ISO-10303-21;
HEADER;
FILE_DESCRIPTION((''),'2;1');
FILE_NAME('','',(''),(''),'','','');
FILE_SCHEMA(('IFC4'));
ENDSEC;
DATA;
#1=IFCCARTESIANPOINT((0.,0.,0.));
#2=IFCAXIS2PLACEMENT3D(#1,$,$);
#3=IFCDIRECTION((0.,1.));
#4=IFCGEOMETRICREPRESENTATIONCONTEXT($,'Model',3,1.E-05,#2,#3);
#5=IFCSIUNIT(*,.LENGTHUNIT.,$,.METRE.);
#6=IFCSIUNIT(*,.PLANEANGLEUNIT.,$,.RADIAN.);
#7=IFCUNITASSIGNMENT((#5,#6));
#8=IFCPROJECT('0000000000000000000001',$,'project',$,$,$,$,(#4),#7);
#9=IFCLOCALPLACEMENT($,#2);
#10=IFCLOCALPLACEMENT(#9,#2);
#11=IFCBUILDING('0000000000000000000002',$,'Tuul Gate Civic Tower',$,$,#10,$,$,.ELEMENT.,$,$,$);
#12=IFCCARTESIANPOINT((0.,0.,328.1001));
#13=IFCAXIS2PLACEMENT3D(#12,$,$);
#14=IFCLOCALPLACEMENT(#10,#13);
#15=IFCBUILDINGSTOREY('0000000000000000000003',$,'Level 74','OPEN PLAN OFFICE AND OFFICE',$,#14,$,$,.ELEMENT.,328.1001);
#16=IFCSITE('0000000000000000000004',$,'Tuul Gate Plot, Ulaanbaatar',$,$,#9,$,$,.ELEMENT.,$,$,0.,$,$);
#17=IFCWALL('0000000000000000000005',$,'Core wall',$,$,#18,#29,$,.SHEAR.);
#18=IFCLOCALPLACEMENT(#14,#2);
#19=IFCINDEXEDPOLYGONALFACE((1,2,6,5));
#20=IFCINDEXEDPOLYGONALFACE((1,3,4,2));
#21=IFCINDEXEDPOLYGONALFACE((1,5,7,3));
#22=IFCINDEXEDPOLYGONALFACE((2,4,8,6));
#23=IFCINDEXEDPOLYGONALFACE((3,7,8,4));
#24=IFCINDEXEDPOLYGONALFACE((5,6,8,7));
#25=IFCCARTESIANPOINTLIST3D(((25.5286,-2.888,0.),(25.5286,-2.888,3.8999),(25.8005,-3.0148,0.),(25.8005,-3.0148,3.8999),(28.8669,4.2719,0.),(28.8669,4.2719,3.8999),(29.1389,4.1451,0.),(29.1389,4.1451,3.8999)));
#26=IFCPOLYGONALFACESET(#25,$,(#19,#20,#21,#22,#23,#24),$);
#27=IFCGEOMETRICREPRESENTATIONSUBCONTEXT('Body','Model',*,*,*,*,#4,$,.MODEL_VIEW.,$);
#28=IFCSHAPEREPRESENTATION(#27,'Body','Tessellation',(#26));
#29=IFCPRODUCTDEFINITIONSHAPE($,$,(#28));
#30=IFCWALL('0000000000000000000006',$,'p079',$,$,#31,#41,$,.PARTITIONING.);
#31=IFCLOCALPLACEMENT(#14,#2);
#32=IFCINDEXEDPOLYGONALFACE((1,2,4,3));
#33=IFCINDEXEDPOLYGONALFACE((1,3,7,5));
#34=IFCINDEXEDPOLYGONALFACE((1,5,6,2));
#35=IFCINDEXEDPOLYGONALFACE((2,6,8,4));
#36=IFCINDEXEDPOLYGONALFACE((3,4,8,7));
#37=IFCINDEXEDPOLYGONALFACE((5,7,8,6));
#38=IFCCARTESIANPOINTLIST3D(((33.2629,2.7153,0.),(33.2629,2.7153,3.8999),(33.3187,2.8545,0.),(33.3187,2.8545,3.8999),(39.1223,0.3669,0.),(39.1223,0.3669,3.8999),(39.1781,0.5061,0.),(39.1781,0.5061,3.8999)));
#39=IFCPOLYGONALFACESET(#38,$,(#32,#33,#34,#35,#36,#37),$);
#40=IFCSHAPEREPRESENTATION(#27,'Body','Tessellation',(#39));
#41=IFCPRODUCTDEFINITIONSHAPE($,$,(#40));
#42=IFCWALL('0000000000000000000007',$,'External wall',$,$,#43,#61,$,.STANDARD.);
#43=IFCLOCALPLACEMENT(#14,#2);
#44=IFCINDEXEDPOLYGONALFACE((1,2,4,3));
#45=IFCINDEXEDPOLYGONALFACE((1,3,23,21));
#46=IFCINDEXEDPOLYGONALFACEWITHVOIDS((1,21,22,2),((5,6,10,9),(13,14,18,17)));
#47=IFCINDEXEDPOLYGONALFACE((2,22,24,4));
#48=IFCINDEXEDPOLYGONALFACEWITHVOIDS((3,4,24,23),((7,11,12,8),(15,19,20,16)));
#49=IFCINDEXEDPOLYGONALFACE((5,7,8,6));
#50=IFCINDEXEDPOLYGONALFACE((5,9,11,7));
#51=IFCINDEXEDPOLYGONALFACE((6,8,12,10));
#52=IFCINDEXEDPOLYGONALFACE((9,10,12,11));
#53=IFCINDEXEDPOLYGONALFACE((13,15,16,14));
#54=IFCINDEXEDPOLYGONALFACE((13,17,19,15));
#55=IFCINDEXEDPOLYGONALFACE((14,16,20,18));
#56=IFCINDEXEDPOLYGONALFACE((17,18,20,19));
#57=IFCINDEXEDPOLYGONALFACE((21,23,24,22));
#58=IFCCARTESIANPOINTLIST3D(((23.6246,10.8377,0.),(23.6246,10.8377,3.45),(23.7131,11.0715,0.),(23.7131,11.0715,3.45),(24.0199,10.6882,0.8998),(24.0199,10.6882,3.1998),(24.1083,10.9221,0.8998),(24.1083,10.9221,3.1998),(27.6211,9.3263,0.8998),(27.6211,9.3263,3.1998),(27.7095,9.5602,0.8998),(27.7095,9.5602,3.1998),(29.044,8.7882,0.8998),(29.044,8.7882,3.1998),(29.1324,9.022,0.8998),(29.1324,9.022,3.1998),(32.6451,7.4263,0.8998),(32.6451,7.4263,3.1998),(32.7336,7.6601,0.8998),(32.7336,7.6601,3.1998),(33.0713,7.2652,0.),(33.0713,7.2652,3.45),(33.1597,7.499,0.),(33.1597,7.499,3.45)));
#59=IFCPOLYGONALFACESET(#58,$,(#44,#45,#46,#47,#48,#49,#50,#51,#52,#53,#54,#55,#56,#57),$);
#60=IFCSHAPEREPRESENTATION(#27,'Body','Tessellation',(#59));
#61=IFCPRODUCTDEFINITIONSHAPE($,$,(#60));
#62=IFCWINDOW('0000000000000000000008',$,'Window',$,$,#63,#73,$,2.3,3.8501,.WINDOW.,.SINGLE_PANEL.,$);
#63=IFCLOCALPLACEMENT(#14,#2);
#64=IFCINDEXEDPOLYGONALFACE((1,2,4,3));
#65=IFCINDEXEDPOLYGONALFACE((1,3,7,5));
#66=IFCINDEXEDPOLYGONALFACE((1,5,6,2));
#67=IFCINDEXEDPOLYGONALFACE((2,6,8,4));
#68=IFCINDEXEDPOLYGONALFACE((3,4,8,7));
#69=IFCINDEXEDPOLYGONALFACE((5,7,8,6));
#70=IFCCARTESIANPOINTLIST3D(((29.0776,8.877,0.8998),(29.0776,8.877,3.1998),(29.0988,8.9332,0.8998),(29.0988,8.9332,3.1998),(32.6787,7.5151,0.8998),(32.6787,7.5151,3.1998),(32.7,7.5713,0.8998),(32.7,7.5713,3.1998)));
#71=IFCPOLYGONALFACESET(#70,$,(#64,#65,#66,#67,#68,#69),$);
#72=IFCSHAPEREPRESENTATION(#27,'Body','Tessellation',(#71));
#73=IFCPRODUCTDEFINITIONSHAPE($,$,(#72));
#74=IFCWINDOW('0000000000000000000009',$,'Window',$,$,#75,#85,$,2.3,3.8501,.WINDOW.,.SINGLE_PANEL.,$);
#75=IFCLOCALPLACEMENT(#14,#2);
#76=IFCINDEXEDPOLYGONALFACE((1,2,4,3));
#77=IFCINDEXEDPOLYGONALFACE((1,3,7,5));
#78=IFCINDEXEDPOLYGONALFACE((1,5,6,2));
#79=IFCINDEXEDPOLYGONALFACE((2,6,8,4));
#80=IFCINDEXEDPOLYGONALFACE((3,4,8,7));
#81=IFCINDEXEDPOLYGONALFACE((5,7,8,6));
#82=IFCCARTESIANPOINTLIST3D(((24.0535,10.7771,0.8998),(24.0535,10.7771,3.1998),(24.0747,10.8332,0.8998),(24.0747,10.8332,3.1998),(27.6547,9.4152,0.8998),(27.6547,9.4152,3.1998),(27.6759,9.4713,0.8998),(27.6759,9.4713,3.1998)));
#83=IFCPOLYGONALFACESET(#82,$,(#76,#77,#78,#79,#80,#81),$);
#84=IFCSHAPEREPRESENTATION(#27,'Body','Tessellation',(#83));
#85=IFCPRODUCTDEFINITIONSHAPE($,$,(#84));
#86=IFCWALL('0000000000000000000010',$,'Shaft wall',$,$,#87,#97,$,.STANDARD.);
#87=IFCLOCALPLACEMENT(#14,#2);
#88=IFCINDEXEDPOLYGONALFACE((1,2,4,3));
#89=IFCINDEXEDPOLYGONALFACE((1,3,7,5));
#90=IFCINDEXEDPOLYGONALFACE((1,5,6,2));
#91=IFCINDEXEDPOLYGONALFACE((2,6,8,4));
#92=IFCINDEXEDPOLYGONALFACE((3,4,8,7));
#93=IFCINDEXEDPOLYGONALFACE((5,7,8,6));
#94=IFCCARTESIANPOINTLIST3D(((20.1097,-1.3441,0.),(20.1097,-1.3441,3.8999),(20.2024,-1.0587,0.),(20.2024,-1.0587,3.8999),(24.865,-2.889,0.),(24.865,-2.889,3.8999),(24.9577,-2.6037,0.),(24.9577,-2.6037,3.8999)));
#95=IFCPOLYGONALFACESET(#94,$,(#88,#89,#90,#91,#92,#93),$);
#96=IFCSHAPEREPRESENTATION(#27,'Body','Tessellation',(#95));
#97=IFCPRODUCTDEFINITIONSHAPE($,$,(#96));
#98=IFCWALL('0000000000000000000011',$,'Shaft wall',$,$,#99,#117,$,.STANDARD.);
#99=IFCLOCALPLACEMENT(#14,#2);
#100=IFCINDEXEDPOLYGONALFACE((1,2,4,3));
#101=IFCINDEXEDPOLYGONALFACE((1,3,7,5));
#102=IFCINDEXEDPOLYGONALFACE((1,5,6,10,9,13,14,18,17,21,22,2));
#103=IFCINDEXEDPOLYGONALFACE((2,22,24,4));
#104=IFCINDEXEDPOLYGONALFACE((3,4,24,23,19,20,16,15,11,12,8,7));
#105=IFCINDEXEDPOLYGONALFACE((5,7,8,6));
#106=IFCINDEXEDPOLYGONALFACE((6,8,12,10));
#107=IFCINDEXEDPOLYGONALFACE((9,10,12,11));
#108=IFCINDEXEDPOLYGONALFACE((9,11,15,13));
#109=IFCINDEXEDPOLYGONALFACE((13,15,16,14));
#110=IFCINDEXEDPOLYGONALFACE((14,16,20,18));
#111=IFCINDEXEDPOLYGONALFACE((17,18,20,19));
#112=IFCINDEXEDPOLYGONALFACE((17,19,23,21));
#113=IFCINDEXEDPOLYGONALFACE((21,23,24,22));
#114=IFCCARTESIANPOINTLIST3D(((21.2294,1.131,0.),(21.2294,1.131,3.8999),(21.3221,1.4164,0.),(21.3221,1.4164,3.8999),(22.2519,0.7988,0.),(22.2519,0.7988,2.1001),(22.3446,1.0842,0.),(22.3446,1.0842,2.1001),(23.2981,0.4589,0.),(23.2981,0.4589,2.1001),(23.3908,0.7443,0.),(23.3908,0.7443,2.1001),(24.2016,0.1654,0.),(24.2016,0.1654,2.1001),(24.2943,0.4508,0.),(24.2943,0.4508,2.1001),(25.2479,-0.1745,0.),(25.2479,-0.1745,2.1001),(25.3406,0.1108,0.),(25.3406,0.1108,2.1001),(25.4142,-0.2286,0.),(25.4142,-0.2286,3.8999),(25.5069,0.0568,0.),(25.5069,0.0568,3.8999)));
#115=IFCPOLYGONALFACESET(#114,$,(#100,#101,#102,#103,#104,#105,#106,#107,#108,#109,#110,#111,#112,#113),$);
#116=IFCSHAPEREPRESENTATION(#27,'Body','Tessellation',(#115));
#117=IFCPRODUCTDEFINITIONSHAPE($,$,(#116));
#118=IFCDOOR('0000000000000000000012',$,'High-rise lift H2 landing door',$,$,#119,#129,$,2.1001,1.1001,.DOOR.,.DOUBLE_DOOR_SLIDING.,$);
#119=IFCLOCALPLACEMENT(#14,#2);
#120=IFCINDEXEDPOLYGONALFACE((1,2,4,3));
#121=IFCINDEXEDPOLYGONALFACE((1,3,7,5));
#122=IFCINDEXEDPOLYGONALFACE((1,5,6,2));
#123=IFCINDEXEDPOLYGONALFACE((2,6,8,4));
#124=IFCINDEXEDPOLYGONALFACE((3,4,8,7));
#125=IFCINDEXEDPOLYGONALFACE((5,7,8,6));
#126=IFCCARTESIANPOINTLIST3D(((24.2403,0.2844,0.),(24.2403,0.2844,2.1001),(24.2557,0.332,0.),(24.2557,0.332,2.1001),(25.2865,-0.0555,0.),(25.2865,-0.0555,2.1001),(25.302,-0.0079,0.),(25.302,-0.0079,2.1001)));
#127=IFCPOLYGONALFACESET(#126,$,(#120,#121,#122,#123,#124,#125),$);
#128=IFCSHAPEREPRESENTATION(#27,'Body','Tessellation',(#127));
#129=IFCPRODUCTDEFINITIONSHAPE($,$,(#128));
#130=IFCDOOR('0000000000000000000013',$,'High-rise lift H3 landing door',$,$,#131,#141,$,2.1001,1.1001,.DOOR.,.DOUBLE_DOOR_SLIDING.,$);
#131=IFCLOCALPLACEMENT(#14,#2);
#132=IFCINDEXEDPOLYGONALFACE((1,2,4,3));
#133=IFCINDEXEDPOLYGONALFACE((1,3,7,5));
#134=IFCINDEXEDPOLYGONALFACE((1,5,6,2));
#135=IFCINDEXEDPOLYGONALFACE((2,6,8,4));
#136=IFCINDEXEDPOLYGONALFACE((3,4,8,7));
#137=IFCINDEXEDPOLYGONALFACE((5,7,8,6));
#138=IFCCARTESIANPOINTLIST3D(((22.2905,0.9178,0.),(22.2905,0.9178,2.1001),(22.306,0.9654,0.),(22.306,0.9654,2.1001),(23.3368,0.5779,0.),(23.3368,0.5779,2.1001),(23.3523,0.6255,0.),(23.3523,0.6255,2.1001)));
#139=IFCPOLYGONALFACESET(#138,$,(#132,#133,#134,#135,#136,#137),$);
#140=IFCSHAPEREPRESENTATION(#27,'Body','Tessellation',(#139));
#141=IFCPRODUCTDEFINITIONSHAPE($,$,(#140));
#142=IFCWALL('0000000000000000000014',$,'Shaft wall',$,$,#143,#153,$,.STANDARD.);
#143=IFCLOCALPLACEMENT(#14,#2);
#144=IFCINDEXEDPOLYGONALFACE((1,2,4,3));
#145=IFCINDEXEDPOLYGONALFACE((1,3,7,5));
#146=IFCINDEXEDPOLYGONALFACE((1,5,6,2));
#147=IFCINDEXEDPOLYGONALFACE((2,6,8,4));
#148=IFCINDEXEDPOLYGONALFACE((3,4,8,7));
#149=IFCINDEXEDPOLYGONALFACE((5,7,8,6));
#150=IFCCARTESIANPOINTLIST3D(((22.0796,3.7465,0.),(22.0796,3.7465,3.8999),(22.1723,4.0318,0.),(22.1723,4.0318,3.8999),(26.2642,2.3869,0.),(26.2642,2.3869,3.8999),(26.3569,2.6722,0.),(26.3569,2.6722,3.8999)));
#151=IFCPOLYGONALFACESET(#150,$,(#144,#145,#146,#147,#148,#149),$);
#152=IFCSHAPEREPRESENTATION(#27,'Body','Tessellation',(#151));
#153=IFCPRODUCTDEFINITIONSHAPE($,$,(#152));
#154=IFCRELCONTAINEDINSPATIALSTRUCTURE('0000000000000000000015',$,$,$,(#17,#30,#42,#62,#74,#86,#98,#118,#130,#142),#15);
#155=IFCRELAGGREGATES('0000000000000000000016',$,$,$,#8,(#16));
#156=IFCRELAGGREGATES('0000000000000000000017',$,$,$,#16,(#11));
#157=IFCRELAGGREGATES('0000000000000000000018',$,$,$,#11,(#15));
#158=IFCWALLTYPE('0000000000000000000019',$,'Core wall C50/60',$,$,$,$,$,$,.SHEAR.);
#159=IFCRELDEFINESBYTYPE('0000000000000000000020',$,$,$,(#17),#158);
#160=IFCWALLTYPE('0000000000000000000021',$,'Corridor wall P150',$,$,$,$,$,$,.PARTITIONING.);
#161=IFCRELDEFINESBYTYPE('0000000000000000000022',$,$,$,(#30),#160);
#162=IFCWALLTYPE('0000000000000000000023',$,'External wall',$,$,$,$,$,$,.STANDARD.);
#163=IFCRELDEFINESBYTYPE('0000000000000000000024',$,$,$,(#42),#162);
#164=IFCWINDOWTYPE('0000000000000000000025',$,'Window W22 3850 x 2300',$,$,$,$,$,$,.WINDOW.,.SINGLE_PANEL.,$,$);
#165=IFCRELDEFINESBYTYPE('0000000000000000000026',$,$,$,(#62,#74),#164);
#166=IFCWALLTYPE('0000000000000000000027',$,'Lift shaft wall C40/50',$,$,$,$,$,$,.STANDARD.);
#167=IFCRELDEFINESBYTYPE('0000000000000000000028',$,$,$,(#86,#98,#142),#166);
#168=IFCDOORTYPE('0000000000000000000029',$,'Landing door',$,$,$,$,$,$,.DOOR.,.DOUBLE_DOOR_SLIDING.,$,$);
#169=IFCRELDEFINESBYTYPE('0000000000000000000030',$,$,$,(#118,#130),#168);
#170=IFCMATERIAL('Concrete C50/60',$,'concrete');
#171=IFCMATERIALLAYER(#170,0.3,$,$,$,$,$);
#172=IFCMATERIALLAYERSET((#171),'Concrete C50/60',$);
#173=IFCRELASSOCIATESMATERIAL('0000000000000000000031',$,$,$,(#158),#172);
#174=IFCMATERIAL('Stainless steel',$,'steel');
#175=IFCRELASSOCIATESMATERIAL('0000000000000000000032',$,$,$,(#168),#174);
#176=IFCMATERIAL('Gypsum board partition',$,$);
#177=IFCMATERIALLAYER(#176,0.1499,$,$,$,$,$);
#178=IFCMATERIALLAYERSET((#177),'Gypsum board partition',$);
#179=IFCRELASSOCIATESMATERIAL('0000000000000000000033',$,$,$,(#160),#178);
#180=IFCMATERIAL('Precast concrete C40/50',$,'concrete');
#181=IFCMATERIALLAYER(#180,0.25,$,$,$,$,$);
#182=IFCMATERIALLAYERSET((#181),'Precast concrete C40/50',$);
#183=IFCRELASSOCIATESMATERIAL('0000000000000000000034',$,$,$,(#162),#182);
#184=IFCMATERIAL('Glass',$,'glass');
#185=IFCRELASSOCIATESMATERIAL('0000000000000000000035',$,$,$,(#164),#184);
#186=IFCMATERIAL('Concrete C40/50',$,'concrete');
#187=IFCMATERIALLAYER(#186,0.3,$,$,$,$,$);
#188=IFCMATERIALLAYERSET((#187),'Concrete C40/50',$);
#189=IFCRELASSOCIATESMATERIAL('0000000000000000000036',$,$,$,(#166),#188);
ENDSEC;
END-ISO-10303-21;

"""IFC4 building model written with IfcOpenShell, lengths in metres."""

from ifc_helpers import new_model, si_unit, direction, frame, frame_2d, origin, place, context, subcontext, project, spatial, rectangle, extrude, material, layer, layer_set, type_object, element, fill, save


model = new_model("IFC4")

# Units and contexts
model_context = context("Model", 3, precision=1e-05, world=origin(), true_north=direction((0.0, 1.0)))
body_context = subcontext(model_context, "Body", "Model", "MODEL_VIEW")
ifc_project = project(units=[si_unit("LENGTHUNIT", "METRE"), si_unit("PLANEANGLEUNIT", "RADIAN")], contexts=[model_context])

# Site, building, storey
site_placement = place(None, origin())
site = spatial("IfcSite", under=ifc_project, at=site_placement, Name="Tuul Gate Plot, Ulaanbaatar", CompositionType="ELEMENT", RefElevation=0.0)
building_placement = place(site_placement, origin())
building = spatial("IfcBuilding", under=site, at=building_placement, Name="Tuul Gate Civic Tower", CompositionType="ELEMENT")
storey_placement = place(building_placement, frame((0.0, 0.0, 328.1001)))
storey = spatial("IfcBuildingStorey", under=building, at=storey_placement, Name="Level 74", Description="OPEN PLAN OFFICE AND OFFICE", CompositionType="ELEMENT", Elevation=328.1001)

# Shared definitions
ifc_material_1 = material(Name="Concrete C50/60", Category="concrete")
ifc_layer_1 = layer(ifc_material_1, 0.3)
ifc_layer_set_1 = layer_set([ifc_layer_1], Name="Concrete C50/60")
wall_type_1 = type_object("IfcWallType", Name="Core wall C50/60", PredefinedType="SHEAR", material=ifc_layer_set_1)
ifc_material_2 = material(Name="Stainless steel", Category="steel")
door_type_1 = type_object("IfcDoorType", Name="Landing door", OperationType="DOUBLE_DOOR_SLIDING", PredefinedType="DOOR", material=ifc_material_2)

# Walls
wall_1_placement = place(storey_placement, frame((25.6646, -2.9514, 0.0), z_axis=(0.0, 0.0, 1.0), x_axis=(0.422583, 0.906324, 0.0)))
element("IfcWall", 1, at=wall_1_placement, inside=storey, type_object=wall_type_1, Name="Core wall", PredefinedType="SHEAR", context=body_context, shape_type="SweptSolid", body=[
    extrude(rectangle(XDim=7.8999, YDim=0.3, at=frame_2d((3.95, 0.0))), origin(), (0.0, 0.0, 1.0), 3.8999),
])
ifc_material_3 = material(Name="Gypsum board partition")
ifc_layer_2 = layer(ifc_material_3, 0.1499)
ifc_layer_set_2 = layer_set([ifc_layer_2], Name="Gypsum board partition")
wall_type_2 = type_object("IfcWallType", Name="Corridor wall P150", PredefinedType="PARTITIONING", material=ifc_layer_set_2)
wall_2_placement = place(storey_placement, frame((33.2908, 2.7849, 0.0), z_axis=(0.0, 0.0, 1.0), x_axis=(0.928223, -0.372024, 0.0)))
element("IfcWall", 2, at=wall_2_placement, inside=storey, type_object=wall_type_2, Name="p079", PredefinedType="PARTITIONING", context=body_context, shape_type="SweptSolid", body=[
    extrude(rectangle(XDim=6.3125, YDim=0.1499, at=frame_2d((3.1562, 0.0))), origin(), (0.0, 0.0, 1.0), 3.8999),
])

# Wall, openings, windows
ifc_material_4 = material(Name="Precast concrete C40/50", Category="concrete")
ifc_layer_3 = layer(ifc_material_4, 0.25)
ifc_layer_set_3 = layer_set([ifc_layer_3], Name="Precast concrete C40/50")
wall_type_3 = type_object("IfcWallType", Name="External wall", PredefinedType="STANDARD", material=ifc_layer_set_3)
wall_3_placement = place(storey_placement, frame((33.1155, 7.3821, 0.0), z_axis=(0.0, 0.0, 1.0), x_axis=(-0.935347, 0.353731, 0.0)))
wall_3 = element("IfcWall", 3, at=wall_3_placement, inside=storey, type_object=wall_type_3, Name="External wall", PredefinedType="STANDARD", context=body_context, shape_type="SweptSolid", body=[
    extrude(rectangle(XDim=10.0996, YDim=0.25, at=frame_2d((5.0498, 0.0))), origin(), (0.0, 0.0, 1.0), 3.45),
])
opening_1_placement = place(wall_3_placement, frame((0.4556, 0.0, 0.8999)))
opening_1 = element("IfcOpeningElement", 4, at=opening_1_placement, cuts=wall_3, PredefinedType="OPENING", context=body_context, shape_type="SweptSolid", body=[
    extrude(rectangle(XDim=3.8501, YDim=2.3, at=frame_2d((1.925, 1.1499))), frame((0.0, 0.135, 0.0), z_axis=(0.0, -1.0, 0.0), x_axis=(1.0, 0.0, 0.0)), (0.0, 0.0, 1.0), 0.27),
])
opening_2_placement = place(wall_3_placement, frame((5.8269, 0.0, 0.8999)))
opening_2 = element("IfcOpeningElement", 5, at=opening_2_placement, cuts=wall_3, PredefinedType="OPENING", context=body_context, shape_type="SweptSolid", body=[
    extrude(rectangle(XDim=3.8501, YDim=2.3, at=frame_2d((1.925, 1.1499))), frame((0.0, 0.135, 0.0), z_axis=(0.0, -1.0, 0.0), x_axis=(1.0, 0.0, 0.0)), (0.0, 0.0, 1.0), 0.27),
])
ifc_material_5 = material(Name="Glass", Category="glass")
window_type = type_object("IfcWindowType", Name="Window W22 3850 x 2300", PartitioningType="SINGLE_PANEL", PredefinedType="WINDOW", material=ifc_material_5)
window_1_placement = place(opening_1_placement, origin())
window_1 = element("IfcWindow", 6, at=window_1_placement, inside=storey, type_object=window_type, Name="Window", OverallHeight=2.3, OverallWidth=3.8501, PartitioningType="SINGLE_PANEL", PredefinedType="WINDOW", context=body_context, shape_type="SweptSolid", body=[
    extrude(rectangle(XDim=3.8501, YDim=2.3, at=frame_2d((1.925, 1.1499))), frame((0.0, 0.03, 0.0), z_axis=(0.0, -1.0, 0.0), x_axis=(1.0, 0.0, 0.0)), (0.0, 0.0, 1.0), 0.0601),
])
fill(opening_1, window_1)
window_2_placement = place(opening_2_placement, origin())
window_2 = element("IfcWindow", 7, at=window_2_placement, inside=storey, type_object=window_type, Name="Window", OverallHeight=2.3, OverallWidth=3.8501, PartitioningType="SINGLE_PANEL", PredefinedType="WINDOW", context=body_context, shape_type="SweptSolid", body=[
    extrude(rectangle(XDim=3.8501, YDim=2.3, at=frame_2d((1.925, 1.1499))), frame((0.0, 0.03, 0.0), z_axis=(0.0, -1.0, 0.0), x_axis=(1.0, 0.0, 0.0)), (0.0, 0.0, 1.0), 0.0601),
])
fill(opening_2, window_2)

# Wall
ifc_material_6 = material(Name="Concrete C40/50", Category="concrete")
ifc_layer_4 = layer(ifc_material_6, 0.3)
ifc_layer_set_4 = layer_set([ifc_layer_4], Name="Concrete C40/50")
wall_type_4 = type_object("IfcWallType", Name="Lift shaft wall C40/50", PredefinedType="STANDARD", material=ifc_layer_set_4)
wall_4_placement = place(storey_placement, frame((24.9114, -2.7463, 0.0), z_axis=(0.0, 0.0, 1.0), x_axis=(-0.951068, 0.308982, 0.0)))
element("IfcWall", 8, at=wall_4_placement, inside=storey, type_object=wall_type_4, Name="Shaft wall", PredefinedType="STANDARD", context=body_context, shape_type="SweptSolid", body=[
    extrude(rectangle(XDim=5.0, YDim=0.3, at=frame_2d((2.5, 0.0))), origin(), (0.0, 0.0, 1.0), 3.8999),
])

# Wall, openings, doors
wall_5_placement = place(storey_placement, frame((25.4607, -0.0859, 0.0), z_axis=(0.0, 0.0, 1.0), x_axis=(-0.951064, 0.308994, 0.0)))
wall_5 = element("IfcWall", 9, at=wall_5_placement, inside=storey, type_object=wall_type_4, Name="Shaft wall", PredefinedType="STANDARD", context=body_context, shape_type="SweptSolid", body=[
    extrude(rectangle(XDim=4.4001, YDim=0.3, at=frame_2d((2.2002, 0.0))), origin(), (0.0, 0.0, 1.0), 3.8999),
])
opening_3_placement = place(wall_5_placement, frame((0.175, 0.0, 0.0)))
opening_3 = element("IfcOpeningElement", 10, at=opening_3_placement, cuts=wall_5, PredefinedType="OPENING", context=body_context, shape_type="SweptSolid", body=[
    extrude(rectangle(XDim=1.1001, YDim=2.1001, at=frame_2d((0.55, 1.05))), frame((0.0, 0.1602, 0.0), z_axis=(0.0, -1.0, 0.0), x_axis=(1.0, 0.0, 0.0)), (0.0, 0.0, 1.0), 0.3201),
])
opening_4_placement = place(wall_5_placement, frame((2.2251, 0.0, 0.0)))
opening_4 = element("IfcOpeningElement", 11, at=opening_4_placement, cuts=wall_5, PredefinedType="OPENING", context=body_context, shape_type="SweptSolid", body=[
    extrude(rectangle(XDim=1.1001, YDim=2.1001, at=frame_2d((0.55, 1.05))), frame((0.0, 0.1602, 0.0), z_axis=(0.0, -1.0, 0.0), x_axis=(1.0, 0.0, 0.0)), (0.0, 0.0, 1.0), 0.3201),
])
door_1_placement = place(opening_3_placement, origin())
door_1 = element("IfcDoor", 12, at=door_1_placement, inside=storey, type_object=door_type_1, Name="High-rise lift H2 landing door", OperationType="DOUBLE_DOOR_SLIDING", OverallHeight=2.1001, OverallWidth=1.1001, PredefinedType="DOOR", context=body_context, shape_type="SweptSolid", body=[
    extrude(rectangle(XDim=1.1001, YDim=2.1001, at=frame_2d((0.55, 1.05))), frame((0.0, 0.0249, 0.0), z_axis=(0.0, -1.0, 0.0), x_axis=(1.0, 0.0, 0.0)), (0.0, 0.0, 1.0), 0.05),
])
fill(opening_3, door_1)
door_2_placement = place(opening_4_placement, origin())
door_2 = element("IfcDoor", 13, at=door_2_placement, inside=storey, type_object=door_type_1, Name="High-rise lift H3 landing door", OperationType="DOUBLE_DOOR_SLIDING", OverallHeight=2.1001, OverallWidth=1.1001, PredefinedType="DOOR", context=body_context, shape_type="SweptSolid", body=[
    extrude(rectangle(XDim=1.1001, YDim=2.1001, at=frame_2d((0.55, 1.05))), frame((0.0, 0.0249, 0.0), z_axis=(0.0, -1.0, 0.0), x_axis=(1.0, 0.0, 0.0)), (0.0, 0.0, 1.0), 0.05),
])
fill(opening_4, door_2)

# Wall
wall_6_placement = place(storey_placement, frame((26.3105, 2.5295, 0.0), z_axis=(0.0, 0.0, 1.0), x_axis=(-0.951059, 0.309011, 0.0)))
element("IfcWall", 14, at=wall_6_placement, inside=storey, type_object=wall_type_4, Name="Shaft wall", PredefinedType="STANDARD", context=body_context, shape_type="SweptSolid", body=[
    extrude(rectangle(XDim=4.3999, YDim=0.3, at=frame_2d((2.2, 0.0))), origin(), (0.0, 0.0, 1.0), 3.8999),
])

save(model, "model.ifc")
